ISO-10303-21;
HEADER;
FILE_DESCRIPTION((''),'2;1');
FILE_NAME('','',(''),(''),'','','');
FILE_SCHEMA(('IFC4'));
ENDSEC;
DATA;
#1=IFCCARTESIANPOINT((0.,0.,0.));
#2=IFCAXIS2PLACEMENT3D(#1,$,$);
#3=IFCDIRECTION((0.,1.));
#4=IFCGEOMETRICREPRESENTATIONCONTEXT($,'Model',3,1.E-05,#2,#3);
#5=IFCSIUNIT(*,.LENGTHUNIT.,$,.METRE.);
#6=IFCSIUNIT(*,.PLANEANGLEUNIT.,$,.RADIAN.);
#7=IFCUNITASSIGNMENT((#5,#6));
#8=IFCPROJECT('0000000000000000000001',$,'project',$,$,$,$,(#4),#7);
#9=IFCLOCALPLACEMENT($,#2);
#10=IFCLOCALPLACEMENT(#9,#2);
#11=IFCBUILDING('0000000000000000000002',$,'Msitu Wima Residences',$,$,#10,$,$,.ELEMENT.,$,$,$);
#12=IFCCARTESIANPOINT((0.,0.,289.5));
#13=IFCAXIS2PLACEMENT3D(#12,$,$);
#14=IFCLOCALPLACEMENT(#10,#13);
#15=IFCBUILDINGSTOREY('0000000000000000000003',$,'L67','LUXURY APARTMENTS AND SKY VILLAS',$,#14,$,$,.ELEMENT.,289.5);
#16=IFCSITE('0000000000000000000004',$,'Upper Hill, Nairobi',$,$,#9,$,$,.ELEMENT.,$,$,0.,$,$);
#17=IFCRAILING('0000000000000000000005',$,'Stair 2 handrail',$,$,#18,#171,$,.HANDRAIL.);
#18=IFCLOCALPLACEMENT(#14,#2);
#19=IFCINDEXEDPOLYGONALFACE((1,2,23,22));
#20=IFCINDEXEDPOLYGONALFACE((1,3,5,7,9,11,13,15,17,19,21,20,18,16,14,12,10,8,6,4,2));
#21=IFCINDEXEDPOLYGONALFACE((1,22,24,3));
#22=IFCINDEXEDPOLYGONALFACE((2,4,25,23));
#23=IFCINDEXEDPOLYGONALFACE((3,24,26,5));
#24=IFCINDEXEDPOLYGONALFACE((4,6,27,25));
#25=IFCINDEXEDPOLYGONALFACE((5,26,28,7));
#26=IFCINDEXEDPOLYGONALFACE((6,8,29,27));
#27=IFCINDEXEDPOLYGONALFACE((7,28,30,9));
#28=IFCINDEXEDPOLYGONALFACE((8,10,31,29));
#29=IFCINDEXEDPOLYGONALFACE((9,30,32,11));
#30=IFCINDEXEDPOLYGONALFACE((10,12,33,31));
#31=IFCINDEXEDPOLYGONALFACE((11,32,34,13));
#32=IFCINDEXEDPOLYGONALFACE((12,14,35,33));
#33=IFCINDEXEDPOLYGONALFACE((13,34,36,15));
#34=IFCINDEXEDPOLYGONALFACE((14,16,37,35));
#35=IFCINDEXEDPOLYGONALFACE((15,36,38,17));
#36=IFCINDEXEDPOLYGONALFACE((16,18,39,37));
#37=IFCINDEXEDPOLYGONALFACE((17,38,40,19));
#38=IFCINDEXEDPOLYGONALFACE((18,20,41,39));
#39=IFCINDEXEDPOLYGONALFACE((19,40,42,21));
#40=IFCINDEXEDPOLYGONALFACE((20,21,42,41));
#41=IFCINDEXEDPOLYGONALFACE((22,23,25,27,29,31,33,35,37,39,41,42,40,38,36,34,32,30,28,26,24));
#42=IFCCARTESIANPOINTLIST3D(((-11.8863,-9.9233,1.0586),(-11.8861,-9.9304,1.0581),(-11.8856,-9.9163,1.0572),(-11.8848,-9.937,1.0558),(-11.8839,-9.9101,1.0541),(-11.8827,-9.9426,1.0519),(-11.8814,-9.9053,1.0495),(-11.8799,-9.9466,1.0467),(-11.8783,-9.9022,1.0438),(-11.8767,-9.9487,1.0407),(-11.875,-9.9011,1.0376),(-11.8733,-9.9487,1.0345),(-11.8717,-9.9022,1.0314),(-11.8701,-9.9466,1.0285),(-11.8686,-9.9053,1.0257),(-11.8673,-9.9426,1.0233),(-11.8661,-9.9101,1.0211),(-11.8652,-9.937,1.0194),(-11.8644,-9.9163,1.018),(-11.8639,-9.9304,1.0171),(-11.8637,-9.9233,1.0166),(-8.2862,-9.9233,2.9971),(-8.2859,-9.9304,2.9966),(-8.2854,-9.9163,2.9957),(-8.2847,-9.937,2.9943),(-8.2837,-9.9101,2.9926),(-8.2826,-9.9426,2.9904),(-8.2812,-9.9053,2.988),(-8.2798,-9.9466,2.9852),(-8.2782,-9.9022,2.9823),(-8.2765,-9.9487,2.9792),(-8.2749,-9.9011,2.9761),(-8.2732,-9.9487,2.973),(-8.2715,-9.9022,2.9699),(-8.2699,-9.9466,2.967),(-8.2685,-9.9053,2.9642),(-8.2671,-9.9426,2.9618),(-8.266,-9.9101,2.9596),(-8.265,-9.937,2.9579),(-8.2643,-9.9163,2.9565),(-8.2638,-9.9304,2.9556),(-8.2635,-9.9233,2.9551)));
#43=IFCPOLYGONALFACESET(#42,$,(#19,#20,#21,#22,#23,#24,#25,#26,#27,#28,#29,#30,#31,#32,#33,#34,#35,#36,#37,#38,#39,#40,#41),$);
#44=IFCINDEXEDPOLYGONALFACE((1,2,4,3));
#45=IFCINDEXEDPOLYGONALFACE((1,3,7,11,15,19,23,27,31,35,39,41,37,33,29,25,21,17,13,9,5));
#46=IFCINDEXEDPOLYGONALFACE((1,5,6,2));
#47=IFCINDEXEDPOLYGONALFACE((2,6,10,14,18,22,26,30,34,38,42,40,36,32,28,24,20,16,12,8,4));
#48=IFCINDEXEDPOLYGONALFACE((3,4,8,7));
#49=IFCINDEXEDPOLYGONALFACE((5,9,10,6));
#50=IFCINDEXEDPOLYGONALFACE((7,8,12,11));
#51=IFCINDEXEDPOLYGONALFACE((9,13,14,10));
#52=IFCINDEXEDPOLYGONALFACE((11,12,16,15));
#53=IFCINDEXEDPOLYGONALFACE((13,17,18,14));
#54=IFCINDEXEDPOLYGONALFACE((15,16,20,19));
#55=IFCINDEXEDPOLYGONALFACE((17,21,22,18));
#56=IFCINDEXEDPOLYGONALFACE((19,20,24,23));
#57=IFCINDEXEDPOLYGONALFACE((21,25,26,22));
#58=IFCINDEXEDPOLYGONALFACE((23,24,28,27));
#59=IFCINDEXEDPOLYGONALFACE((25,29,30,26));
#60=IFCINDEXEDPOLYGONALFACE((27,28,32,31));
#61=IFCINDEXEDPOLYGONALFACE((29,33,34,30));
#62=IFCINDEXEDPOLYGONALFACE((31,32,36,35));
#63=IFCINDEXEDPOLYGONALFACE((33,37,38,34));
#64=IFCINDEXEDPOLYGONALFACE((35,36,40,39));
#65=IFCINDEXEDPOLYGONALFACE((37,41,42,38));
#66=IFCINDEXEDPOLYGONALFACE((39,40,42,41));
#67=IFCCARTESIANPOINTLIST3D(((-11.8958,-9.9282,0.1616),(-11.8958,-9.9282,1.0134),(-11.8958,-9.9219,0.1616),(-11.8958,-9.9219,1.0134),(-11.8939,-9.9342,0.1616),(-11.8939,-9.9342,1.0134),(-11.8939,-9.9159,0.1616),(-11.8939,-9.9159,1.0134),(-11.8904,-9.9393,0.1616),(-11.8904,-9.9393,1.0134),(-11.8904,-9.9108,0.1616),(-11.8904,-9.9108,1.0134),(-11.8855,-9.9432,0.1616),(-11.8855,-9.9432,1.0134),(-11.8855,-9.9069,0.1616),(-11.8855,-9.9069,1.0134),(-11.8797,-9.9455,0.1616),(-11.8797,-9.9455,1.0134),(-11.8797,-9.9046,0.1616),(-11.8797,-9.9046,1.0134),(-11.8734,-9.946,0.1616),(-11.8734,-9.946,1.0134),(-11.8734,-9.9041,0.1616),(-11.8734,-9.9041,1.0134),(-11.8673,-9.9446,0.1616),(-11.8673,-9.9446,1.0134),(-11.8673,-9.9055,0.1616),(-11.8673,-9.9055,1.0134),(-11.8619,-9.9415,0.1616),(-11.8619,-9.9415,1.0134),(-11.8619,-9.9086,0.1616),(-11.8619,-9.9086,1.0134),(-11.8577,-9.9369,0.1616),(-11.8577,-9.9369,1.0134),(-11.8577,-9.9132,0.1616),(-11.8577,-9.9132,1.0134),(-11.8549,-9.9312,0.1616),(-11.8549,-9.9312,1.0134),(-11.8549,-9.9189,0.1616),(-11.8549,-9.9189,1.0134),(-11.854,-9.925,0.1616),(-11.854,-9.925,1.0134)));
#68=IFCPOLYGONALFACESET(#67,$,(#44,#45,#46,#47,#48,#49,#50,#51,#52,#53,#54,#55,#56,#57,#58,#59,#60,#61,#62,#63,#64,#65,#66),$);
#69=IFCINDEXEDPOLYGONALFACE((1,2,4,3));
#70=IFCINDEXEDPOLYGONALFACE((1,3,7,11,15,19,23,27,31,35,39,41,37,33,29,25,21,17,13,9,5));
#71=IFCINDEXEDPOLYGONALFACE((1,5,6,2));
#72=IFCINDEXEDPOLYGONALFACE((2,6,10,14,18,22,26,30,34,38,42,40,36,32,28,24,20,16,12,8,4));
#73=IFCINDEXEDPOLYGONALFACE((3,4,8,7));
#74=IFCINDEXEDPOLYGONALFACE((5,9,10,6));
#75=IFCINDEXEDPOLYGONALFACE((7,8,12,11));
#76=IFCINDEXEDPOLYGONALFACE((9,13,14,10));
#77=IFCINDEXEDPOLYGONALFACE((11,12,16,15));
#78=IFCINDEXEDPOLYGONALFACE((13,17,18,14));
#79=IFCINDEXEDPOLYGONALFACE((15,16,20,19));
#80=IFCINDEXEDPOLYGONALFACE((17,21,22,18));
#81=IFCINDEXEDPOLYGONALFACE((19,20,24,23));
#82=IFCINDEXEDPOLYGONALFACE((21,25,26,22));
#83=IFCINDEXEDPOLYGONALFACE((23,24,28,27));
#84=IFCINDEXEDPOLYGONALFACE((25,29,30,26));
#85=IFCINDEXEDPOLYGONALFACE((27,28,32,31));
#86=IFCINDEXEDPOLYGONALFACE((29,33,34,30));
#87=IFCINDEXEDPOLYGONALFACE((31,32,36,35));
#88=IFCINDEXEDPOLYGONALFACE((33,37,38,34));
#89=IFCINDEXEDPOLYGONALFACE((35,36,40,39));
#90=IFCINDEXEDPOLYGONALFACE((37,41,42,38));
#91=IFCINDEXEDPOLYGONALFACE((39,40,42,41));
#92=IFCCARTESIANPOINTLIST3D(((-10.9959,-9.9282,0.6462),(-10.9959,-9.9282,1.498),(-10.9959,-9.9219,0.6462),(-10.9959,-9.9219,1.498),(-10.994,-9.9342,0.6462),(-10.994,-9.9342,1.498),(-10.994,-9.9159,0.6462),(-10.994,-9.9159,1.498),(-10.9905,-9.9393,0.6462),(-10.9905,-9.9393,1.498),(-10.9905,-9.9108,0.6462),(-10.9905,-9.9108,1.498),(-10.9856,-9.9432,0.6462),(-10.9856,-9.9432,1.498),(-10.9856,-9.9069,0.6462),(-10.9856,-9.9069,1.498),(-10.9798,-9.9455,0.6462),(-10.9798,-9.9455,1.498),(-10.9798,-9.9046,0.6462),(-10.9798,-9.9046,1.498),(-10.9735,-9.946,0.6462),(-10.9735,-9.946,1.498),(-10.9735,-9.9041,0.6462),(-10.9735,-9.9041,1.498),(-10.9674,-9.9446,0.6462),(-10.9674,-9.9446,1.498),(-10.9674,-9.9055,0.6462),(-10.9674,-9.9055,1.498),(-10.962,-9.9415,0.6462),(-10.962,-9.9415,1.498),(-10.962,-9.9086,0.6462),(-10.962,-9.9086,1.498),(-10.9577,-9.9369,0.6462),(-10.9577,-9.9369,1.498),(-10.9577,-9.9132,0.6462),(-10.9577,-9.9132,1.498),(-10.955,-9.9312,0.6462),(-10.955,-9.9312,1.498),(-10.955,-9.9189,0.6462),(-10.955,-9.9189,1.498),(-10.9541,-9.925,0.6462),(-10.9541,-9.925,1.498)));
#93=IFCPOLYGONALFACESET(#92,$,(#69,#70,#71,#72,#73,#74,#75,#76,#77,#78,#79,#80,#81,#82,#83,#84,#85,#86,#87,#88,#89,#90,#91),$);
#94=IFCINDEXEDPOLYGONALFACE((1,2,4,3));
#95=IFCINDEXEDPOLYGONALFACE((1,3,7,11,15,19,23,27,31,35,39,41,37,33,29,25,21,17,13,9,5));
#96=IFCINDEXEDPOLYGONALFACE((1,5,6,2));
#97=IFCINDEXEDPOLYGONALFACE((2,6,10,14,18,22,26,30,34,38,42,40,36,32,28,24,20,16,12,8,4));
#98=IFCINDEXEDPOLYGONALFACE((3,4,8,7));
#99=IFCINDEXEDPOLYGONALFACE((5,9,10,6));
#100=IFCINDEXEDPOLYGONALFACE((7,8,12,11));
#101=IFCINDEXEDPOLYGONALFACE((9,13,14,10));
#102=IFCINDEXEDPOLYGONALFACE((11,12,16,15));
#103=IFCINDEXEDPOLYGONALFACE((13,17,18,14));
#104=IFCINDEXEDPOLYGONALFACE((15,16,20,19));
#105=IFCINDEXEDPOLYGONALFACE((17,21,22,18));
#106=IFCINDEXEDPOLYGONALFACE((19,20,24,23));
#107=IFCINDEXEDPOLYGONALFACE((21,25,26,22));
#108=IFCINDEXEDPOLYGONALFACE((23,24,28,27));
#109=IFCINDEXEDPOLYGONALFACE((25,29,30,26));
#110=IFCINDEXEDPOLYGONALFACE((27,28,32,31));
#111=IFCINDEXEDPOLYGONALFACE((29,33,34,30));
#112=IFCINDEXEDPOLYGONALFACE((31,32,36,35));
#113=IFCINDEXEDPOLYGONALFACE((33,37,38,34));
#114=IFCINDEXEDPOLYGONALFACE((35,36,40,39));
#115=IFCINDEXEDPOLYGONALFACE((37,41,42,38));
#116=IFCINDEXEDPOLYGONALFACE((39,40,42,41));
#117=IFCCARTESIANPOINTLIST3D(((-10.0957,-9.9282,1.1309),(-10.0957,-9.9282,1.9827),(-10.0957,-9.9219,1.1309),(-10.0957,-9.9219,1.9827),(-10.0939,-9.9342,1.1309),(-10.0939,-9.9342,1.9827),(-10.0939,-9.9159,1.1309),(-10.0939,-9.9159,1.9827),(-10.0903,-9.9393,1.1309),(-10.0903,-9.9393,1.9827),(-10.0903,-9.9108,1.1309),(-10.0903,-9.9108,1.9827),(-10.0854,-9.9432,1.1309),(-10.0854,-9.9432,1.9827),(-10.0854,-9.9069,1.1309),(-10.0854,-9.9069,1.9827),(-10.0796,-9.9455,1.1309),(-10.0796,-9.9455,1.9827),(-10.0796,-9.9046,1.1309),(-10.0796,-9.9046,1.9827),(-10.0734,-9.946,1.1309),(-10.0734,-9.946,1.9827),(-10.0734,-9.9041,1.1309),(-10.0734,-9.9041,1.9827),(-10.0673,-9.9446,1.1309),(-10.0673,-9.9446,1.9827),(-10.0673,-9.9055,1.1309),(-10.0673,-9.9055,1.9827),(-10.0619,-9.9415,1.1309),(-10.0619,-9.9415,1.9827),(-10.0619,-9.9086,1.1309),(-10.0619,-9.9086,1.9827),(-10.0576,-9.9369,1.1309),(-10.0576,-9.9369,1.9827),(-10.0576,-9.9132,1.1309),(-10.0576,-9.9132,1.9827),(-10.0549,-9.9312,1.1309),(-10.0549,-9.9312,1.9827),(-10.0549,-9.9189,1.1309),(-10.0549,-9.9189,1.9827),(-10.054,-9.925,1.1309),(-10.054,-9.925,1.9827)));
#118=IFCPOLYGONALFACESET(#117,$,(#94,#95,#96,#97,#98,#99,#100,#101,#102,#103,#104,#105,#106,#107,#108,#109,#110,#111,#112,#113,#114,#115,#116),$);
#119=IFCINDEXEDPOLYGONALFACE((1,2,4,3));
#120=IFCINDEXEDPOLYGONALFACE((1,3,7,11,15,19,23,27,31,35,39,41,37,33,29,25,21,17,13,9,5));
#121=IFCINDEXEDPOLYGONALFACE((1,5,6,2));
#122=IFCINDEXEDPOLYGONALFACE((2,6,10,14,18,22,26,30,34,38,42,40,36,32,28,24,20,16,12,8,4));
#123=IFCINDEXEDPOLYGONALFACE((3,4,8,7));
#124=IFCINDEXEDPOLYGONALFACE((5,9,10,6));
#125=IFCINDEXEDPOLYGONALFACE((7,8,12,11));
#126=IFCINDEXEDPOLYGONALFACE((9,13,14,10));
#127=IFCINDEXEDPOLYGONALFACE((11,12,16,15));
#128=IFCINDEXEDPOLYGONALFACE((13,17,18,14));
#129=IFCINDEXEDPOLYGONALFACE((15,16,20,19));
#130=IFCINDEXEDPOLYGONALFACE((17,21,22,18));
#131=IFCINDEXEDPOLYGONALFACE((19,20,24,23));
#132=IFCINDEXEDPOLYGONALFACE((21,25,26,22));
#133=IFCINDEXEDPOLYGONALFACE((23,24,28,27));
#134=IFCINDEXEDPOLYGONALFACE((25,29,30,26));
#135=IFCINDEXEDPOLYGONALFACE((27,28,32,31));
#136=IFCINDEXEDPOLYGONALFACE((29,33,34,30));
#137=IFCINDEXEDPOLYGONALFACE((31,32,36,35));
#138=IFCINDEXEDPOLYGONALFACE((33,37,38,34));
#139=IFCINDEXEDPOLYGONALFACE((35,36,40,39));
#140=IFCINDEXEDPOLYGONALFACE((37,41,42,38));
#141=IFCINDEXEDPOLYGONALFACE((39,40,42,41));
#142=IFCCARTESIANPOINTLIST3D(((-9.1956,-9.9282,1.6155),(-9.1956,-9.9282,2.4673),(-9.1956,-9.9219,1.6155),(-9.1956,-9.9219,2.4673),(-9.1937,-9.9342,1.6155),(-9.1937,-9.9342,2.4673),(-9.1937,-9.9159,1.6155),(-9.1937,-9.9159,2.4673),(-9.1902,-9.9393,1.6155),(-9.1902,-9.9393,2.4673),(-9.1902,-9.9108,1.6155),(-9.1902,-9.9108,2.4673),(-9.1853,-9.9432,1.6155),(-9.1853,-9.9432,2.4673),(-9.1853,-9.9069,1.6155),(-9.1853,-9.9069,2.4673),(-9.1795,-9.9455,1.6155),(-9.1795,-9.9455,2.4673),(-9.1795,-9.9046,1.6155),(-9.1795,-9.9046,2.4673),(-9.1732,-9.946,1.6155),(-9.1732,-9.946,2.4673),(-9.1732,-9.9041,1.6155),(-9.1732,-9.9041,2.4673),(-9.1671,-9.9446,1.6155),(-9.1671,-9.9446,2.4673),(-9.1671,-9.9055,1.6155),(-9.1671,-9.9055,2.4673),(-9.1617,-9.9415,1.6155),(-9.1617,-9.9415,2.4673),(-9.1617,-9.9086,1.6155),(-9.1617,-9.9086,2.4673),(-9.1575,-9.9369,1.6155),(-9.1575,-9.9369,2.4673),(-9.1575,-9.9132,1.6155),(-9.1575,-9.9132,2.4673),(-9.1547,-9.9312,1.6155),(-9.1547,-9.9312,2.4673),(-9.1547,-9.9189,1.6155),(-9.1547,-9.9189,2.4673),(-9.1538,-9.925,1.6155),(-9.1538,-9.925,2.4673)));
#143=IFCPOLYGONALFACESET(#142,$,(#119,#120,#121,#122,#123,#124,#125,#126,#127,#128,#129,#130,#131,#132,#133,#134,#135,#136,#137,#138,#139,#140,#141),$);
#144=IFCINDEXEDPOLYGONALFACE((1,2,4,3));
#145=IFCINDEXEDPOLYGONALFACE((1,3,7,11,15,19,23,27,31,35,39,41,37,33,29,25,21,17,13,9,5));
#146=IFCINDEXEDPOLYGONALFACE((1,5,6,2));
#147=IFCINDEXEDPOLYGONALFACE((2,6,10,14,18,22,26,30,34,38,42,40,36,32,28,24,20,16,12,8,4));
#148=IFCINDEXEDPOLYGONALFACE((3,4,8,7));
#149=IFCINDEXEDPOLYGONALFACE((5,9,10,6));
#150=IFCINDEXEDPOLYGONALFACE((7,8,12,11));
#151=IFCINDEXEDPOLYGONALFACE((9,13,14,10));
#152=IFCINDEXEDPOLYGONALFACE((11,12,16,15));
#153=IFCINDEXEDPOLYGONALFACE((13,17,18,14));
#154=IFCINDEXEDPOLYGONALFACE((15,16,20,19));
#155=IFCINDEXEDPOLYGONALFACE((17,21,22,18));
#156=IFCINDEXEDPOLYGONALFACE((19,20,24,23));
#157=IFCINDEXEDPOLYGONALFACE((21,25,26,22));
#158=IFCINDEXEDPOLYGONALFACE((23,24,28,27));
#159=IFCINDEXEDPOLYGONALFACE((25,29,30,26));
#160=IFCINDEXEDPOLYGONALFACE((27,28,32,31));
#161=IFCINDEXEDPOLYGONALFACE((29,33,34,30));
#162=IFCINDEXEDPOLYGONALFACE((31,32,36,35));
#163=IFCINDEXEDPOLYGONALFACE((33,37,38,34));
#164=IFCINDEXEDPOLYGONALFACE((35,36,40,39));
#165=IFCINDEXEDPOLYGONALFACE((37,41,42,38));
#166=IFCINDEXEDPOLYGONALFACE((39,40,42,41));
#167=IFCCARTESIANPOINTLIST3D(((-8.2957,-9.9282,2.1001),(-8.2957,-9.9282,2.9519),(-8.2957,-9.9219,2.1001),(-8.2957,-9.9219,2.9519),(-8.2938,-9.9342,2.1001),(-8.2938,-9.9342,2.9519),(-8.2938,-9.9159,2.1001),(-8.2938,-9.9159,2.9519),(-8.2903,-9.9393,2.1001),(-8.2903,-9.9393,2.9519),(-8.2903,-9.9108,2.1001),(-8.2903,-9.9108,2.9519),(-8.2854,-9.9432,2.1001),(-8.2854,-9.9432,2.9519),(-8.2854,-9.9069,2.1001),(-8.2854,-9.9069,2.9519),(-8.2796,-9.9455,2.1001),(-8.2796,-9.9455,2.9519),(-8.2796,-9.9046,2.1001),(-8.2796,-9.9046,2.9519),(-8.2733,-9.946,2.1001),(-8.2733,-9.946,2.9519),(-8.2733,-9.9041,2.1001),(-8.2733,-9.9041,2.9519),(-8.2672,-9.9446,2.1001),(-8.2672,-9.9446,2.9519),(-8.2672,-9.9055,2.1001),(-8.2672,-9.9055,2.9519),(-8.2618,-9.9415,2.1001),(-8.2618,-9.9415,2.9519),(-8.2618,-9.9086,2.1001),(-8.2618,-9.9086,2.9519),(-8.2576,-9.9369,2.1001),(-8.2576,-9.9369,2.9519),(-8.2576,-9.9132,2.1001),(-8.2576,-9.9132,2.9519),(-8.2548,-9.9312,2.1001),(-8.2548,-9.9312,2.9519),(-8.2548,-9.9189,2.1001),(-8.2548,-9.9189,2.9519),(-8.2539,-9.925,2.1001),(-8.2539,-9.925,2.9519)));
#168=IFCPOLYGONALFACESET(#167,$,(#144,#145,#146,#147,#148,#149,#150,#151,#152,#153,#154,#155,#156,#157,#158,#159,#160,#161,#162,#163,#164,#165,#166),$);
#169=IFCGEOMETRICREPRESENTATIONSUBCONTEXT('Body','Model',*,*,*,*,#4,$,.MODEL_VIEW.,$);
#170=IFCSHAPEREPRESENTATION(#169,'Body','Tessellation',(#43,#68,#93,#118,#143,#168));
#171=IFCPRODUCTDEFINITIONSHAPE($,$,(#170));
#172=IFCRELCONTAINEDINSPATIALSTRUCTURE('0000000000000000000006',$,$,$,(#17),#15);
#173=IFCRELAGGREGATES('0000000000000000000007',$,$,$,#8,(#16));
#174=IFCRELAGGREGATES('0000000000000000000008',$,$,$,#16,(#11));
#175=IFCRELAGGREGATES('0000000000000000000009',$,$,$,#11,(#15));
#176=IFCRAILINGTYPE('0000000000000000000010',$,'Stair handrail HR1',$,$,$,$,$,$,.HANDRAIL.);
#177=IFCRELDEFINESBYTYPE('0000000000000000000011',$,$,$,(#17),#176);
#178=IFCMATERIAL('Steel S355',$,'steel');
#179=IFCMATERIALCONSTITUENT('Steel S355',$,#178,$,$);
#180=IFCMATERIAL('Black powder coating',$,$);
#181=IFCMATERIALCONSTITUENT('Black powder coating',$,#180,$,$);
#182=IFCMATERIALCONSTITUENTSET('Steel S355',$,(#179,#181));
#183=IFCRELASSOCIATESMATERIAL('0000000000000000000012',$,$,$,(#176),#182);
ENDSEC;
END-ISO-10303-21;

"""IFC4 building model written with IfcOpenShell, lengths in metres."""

from ifc_helpers import new_model, si_unit, direction, frame, origin, origin_2d, place, context, subcontext, project, spatial, circle, extrude, material, constituent, constituent_set, type_object, element, save


model = new_model("IFC4")

# Units and contexts
model_context = context("Model", 3, precision=1e-05, world=origin(), true_north=direction((0.0, 1.0)))
body_context = subcontext(model_context, "Body", "Model", "MODEL_VIEW")
ifc_project = project(units=[si_unit("LENGTHUNIT", "METRE"), si_unit("PLANEANGLEUNIT", "RADIAN")], contexts=[model_context])

# Site, building, storey
site_placement = place(None, origin())
site = spatial("IfcSite", under=ifc_project, at=site_placement, Name="Upper Hill, Nairobi", CompositionType="ELEMENT", RefElevation=0.0)
building_placement = place(site_placement, origin())
building = spatial("IfcBuilding", under=site, at=building_placement, Name="Msitu Wima Residences", CompositionType="ELEMENT")
storey_placement = place(building_placement, frame((0.0, 0.0, 289.5)))
storey = spatial("IfcBuildingStorey", under=building, at=storey_placement, Name="L67", Description="LUXURY APARTMENTS AND SKY VILLAS", CompositionType="ELEMENT", Elevation=289.5)

# Railing
ifc_material_1 = material(Name="Steel S355", Category="steel")
ifc_constituent_1 = constituent(ifc_material_1, Name="Steel S355")
ifc_material_2 = material(Name="Black powder coating")
ifc_constituent_2 = constituent(ifc_material_2, Name="Black powder coating")
ifc_constituent_set = constituent_set(constituents=[ifc_constituent_1, ifc_constituent_2], Name="Steel S355")
railing_type = type_object("IfcRailingType", Name="Stair handrail HR1", PredefinedType="HANDRAIL", material=ifc_constituent_set)
for number, where, name in (
    (1, (-11.875, -9.925, 0.1616), "Stair 2 handrail"),
):
    element("IfcRailing", number, at=place(storey_placement, frame(where)), inside=storey, type_object=railing_type, Name=name, PredefinedType="HANDRAIL", context=body_context, shape_type="SweptSolid", body=[
        extrude(circle(Radius=0.0239, at=origin_2d()), frame((0.0, 0.0, 0.876), z_axis=(0.880475, 0.0, 0.474093), x_axis=(0.0, 1.0, 0.0)), (0.0, 0.0, 1.0), 4.0889),
        extrude(circle(Radius=0.021, at=origin_2d()), origin(), (0.0, 0.0, 1.0), 0.8518),
        extrude(circle(Radius=0.021, at=origin_2d()), frame((0.8999, 0.0, 0.4846)), (0.0, 0.0, 1.0), 0.8518),
        extrude(circle(Radius=0.021, at=origin_2d()), frame((1.8, 0.0, 0.9692)), (0.0, 0.0, 1.0), 0.8518),
        extrude(circle(Radius=0.021, at=origin_2d()), frame((2.7002, 0.0, 1.4539)), (0.0, 0.0, 1.0), 0.8518),
        extrude(circle(Radius=0.021, at=origin_2d()), frame((3.6001, 0.0, 1.9385)), (0.0, 0.0, 1.0), 0.8518),
    ])

save(model, "model.ifc")
